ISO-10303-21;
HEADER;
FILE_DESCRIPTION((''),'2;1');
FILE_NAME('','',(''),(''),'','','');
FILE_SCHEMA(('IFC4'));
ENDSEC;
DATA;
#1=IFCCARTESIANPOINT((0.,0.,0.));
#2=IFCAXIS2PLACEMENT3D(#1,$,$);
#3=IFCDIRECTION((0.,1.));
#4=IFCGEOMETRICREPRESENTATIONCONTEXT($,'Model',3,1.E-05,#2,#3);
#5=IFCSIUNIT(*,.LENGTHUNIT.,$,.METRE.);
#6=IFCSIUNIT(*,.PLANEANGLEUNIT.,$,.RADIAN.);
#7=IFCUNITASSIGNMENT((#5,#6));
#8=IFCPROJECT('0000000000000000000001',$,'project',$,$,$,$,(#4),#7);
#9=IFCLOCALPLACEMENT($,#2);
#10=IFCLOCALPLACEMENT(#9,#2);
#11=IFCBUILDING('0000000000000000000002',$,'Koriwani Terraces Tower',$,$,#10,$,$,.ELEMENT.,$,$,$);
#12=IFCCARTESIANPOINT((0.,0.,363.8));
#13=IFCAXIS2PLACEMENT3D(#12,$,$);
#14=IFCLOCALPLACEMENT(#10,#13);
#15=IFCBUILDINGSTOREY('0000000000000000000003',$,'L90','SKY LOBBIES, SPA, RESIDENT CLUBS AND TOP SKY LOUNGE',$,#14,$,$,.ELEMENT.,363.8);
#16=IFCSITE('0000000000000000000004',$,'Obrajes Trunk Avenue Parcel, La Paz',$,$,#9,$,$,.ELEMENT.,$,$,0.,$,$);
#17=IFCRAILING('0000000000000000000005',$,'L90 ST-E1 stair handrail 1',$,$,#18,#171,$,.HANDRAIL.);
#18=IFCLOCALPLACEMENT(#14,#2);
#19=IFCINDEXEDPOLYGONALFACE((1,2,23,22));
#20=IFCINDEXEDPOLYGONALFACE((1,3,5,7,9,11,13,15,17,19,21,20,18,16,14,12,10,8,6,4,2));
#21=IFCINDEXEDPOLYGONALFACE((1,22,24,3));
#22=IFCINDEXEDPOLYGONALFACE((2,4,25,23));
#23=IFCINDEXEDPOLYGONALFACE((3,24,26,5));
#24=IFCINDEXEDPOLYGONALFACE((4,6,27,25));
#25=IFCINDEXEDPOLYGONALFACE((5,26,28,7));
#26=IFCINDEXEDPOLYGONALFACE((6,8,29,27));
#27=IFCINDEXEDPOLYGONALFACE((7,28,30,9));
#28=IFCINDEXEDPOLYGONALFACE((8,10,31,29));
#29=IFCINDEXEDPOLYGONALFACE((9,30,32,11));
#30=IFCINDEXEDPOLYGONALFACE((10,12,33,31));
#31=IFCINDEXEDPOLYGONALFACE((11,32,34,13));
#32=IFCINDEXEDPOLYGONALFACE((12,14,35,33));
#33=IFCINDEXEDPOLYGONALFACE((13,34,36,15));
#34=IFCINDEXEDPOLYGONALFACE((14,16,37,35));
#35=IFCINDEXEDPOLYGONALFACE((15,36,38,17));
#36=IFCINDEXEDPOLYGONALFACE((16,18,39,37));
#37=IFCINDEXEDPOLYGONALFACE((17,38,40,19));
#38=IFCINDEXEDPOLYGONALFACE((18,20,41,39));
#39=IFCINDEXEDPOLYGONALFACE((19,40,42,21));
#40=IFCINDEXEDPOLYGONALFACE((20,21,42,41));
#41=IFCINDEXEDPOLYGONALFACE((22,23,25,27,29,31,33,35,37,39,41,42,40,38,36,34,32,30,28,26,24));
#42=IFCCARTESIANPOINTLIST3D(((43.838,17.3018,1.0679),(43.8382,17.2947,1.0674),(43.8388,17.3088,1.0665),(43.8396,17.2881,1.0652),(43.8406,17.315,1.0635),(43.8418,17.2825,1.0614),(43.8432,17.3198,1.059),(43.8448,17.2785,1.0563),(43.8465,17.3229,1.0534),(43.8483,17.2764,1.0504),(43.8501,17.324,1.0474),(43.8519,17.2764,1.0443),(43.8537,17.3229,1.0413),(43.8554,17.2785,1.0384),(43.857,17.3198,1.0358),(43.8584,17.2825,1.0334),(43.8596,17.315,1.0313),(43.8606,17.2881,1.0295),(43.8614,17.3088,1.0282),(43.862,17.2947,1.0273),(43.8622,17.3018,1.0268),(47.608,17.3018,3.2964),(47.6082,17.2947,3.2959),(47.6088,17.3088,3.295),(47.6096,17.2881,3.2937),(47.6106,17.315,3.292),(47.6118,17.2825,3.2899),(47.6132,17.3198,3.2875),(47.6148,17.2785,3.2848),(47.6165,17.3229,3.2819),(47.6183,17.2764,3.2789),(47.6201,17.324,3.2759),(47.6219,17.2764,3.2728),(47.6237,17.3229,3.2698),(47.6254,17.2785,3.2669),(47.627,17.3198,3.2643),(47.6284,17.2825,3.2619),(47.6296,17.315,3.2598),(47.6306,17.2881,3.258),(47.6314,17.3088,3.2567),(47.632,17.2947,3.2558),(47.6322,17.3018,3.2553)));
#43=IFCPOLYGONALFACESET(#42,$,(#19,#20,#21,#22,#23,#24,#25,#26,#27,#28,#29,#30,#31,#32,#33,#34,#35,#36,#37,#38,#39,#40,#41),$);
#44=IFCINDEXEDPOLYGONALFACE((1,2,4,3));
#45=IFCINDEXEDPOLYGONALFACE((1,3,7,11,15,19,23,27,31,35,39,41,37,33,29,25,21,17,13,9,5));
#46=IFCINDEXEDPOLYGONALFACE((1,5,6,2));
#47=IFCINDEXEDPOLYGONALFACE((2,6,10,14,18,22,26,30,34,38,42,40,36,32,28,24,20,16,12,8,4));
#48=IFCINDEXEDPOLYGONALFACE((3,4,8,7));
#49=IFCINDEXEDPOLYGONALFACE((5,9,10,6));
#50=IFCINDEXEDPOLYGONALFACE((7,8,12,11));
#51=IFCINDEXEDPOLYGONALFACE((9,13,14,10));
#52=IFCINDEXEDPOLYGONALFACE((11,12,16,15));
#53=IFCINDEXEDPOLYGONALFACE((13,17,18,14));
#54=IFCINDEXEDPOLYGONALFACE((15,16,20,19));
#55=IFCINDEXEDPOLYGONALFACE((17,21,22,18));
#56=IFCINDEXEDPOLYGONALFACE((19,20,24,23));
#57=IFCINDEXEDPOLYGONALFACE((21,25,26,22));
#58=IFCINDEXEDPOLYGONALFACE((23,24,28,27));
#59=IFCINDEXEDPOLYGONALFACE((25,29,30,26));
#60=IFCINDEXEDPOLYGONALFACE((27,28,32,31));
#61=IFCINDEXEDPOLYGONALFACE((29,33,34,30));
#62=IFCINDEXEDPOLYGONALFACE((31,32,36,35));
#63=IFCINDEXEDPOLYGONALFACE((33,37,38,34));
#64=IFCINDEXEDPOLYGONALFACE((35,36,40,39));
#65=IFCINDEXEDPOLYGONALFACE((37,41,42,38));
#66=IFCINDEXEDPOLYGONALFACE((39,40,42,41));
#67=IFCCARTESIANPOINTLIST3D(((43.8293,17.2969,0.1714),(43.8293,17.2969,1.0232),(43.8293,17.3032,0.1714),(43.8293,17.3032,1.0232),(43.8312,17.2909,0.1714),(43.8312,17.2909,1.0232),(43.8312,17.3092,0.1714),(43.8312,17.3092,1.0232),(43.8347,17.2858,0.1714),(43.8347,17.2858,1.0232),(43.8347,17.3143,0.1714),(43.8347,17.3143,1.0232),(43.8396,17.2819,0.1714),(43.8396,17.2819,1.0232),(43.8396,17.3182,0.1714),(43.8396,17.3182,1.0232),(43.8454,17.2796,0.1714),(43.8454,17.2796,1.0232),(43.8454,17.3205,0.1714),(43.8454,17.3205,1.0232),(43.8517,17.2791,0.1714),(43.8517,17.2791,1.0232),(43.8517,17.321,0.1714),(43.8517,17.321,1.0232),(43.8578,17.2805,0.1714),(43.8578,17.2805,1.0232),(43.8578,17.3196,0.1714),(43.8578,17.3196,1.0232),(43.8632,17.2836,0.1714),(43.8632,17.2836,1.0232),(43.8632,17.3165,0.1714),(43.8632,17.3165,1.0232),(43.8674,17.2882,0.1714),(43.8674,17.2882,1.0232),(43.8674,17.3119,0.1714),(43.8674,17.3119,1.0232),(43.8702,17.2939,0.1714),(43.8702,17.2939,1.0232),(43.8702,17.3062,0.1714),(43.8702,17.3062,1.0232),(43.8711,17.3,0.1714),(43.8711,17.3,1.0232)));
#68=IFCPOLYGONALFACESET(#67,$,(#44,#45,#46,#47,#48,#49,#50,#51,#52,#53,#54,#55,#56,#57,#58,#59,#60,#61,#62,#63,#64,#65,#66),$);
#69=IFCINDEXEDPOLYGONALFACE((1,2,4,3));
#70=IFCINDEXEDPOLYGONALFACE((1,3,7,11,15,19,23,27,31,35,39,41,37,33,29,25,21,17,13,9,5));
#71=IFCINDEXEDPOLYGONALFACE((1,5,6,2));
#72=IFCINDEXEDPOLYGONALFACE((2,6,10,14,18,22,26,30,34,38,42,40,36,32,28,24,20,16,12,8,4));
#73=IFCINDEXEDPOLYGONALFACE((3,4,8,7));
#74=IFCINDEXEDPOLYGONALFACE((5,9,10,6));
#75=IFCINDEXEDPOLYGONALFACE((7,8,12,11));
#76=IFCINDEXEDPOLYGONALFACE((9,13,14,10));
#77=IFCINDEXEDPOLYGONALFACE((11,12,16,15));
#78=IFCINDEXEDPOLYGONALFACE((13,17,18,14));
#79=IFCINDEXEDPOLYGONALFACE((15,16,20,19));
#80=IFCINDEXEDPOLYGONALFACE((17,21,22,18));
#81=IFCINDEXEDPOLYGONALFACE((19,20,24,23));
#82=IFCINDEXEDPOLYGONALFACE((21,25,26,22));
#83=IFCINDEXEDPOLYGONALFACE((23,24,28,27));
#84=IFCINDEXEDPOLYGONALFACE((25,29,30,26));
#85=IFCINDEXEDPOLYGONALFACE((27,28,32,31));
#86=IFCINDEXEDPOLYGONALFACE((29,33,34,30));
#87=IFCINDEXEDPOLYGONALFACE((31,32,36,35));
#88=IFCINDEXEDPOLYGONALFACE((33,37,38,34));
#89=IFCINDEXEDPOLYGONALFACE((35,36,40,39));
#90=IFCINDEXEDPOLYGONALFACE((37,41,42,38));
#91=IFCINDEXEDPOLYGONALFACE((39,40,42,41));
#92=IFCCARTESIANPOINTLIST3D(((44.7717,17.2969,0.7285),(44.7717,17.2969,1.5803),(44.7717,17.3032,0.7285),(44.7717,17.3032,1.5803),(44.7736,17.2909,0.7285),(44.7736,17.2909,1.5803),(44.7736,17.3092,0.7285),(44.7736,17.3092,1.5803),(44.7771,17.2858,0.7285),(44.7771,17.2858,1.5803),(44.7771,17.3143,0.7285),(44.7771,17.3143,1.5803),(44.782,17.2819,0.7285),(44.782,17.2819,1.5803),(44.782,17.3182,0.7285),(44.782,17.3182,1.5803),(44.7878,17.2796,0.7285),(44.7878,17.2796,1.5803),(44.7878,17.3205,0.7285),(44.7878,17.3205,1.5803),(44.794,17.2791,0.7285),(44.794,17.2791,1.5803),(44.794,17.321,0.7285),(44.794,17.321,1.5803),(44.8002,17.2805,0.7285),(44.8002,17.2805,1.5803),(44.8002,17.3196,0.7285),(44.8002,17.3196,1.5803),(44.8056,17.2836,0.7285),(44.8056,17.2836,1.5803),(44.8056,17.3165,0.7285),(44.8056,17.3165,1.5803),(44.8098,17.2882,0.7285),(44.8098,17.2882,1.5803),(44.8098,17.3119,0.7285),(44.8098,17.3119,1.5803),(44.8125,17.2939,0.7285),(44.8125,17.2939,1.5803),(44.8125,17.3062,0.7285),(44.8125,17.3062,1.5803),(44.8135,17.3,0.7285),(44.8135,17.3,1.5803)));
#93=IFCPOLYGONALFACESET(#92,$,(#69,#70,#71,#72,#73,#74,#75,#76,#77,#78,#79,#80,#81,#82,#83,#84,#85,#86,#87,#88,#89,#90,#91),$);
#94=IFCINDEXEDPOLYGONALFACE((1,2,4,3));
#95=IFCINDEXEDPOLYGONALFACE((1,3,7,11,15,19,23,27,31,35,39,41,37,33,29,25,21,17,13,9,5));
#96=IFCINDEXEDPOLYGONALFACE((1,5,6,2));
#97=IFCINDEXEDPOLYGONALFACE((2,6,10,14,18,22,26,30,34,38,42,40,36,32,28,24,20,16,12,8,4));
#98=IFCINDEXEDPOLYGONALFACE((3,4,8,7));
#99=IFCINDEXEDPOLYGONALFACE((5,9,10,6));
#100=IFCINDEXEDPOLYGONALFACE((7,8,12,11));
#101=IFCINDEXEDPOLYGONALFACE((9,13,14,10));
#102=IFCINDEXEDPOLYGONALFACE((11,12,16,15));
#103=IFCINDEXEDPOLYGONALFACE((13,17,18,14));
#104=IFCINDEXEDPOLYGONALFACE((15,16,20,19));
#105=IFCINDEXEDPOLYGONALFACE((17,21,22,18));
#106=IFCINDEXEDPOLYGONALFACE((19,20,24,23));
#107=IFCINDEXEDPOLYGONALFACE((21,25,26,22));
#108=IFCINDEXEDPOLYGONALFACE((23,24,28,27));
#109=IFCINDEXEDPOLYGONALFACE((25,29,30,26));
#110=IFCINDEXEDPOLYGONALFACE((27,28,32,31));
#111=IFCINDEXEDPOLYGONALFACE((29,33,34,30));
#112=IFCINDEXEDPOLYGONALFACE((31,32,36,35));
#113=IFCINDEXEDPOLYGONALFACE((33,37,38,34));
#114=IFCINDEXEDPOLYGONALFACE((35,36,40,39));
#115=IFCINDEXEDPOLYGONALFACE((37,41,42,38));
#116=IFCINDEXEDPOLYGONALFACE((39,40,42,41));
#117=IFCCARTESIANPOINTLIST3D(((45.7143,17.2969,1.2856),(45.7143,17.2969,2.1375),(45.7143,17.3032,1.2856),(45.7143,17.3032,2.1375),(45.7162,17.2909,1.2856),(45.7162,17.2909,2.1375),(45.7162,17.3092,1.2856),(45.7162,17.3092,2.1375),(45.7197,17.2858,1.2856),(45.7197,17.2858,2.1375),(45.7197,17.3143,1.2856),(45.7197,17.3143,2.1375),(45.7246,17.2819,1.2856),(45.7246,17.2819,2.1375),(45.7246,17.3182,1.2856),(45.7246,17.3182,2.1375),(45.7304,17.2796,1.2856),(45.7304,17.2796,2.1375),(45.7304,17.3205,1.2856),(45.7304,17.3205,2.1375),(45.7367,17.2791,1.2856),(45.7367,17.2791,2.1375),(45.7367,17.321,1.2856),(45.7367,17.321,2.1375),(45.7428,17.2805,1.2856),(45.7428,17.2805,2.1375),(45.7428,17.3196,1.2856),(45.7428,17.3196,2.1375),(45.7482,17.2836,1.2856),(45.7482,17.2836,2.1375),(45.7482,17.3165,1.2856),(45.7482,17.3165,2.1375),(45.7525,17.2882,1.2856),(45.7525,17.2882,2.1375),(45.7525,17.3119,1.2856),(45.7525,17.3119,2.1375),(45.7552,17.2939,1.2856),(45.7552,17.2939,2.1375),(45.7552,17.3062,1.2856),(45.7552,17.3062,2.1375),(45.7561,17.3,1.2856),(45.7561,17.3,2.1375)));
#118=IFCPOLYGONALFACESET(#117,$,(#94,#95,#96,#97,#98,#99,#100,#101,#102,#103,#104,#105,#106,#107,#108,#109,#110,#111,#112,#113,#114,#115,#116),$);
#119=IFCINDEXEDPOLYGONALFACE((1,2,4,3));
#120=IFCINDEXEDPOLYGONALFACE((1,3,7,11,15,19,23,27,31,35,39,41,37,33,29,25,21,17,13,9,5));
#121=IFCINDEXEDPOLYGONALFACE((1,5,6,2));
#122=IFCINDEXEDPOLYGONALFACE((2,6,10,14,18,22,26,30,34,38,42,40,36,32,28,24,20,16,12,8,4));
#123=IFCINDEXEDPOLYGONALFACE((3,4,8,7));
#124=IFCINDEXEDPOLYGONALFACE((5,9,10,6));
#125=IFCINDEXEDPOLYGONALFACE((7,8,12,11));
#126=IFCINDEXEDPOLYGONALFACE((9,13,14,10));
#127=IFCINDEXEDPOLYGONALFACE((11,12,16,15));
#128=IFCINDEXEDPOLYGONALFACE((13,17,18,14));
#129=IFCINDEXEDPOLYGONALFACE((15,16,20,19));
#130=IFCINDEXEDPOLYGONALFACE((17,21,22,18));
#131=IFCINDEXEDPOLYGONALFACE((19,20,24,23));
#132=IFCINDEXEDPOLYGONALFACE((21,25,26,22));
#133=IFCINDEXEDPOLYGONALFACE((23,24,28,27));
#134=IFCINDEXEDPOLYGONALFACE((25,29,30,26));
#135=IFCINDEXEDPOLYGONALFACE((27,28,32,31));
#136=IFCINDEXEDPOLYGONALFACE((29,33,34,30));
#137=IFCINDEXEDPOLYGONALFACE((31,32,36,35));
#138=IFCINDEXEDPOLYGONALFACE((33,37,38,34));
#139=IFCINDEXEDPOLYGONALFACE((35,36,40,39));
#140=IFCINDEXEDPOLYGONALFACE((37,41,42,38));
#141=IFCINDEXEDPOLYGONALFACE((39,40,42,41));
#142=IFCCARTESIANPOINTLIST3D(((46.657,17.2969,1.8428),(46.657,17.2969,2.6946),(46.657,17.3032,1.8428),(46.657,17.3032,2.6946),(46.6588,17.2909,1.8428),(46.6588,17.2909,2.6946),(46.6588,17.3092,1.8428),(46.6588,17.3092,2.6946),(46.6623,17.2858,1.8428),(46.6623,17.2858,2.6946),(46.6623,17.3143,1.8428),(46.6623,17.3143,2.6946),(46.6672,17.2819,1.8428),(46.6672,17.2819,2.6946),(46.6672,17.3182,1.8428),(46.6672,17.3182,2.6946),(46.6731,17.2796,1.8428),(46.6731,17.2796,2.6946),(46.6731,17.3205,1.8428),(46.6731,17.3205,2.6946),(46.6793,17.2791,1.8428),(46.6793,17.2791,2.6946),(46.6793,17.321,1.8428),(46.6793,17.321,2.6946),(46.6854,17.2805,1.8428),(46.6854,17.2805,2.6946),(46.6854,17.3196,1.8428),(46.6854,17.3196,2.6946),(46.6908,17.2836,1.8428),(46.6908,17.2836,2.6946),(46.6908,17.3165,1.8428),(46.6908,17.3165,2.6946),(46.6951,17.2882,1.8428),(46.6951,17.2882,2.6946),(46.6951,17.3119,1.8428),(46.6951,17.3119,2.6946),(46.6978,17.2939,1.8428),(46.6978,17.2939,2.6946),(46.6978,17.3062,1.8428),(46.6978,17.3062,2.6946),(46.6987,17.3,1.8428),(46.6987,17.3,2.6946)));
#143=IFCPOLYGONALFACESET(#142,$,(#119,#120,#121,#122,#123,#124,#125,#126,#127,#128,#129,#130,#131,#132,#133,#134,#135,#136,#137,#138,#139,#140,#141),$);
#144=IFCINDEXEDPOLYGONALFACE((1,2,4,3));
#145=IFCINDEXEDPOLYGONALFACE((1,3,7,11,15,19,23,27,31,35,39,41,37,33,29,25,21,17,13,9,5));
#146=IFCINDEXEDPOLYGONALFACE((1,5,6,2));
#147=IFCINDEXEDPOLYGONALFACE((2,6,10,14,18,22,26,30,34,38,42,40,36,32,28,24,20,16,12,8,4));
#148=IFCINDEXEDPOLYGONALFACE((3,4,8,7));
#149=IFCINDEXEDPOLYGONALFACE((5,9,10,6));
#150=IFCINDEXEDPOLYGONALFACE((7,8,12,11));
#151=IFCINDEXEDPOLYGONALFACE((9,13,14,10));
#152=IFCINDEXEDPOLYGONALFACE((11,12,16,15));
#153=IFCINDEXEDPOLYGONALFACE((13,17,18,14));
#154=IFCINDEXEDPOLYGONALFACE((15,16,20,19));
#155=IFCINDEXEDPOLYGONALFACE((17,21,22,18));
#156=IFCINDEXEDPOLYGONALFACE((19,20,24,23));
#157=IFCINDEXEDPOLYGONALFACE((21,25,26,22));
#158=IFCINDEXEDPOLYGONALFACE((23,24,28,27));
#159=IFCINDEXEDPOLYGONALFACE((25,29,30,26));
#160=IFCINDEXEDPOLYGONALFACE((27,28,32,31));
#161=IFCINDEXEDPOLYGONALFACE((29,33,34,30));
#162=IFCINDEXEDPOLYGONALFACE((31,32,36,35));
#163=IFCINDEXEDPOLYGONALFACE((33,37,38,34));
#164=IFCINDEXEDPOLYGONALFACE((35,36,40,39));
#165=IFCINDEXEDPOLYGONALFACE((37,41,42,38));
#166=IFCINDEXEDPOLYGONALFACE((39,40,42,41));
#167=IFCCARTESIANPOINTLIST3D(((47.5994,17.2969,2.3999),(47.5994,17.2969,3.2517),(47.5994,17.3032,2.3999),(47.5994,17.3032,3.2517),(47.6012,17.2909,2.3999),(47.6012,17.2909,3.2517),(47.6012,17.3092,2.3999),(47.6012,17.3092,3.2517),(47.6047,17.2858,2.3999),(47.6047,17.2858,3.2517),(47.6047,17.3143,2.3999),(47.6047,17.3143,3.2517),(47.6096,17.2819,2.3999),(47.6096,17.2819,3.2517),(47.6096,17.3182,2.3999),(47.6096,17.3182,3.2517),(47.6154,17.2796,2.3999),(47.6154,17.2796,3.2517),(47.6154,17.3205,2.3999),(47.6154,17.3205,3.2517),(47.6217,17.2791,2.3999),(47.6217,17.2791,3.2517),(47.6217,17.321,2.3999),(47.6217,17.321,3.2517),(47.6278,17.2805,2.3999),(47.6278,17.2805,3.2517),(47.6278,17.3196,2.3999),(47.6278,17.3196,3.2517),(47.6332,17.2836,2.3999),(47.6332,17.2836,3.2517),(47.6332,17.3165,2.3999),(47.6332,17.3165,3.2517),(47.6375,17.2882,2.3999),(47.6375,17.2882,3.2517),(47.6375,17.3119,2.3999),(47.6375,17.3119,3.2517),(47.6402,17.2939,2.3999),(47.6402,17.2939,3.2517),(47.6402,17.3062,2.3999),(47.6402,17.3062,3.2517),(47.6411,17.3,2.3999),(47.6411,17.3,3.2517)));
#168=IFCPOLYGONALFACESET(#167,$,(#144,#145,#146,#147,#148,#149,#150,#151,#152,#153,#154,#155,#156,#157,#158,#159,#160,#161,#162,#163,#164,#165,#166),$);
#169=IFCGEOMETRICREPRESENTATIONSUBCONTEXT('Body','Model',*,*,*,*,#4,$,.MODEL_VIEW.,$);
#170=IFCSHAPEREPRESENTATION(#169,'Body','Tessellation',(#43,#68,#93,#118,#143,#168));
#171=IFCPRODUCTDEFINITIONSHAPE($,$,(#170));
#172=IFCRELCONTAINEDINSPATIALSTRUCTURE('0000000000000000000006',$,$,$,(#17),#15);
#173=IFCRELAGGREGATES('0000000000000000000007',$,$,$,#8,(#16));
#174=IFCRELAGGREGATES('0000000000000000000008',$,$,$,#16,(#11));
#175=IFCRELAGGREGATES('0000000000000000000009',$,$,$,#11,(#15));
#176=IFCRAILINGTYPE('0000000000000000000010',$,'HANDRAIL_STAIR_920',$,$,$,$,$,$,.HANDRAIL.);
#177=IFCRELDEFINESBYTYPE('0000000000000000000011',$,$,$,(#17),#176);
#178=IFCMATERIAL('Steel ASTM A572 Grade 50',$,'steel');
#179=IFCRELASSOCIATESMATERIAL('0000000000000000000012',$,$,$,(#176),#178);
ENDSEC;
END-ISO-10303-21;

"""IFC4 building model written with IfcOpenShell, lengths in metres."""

from ifc_helpers import new_model, si_unit, direction, frame, origin, origin_2d, place, context, subcontext, project, spatial, circle, extrude, material, type_object, element, save


model = new_model("IFC4")

# Units and contexts
model_context = context("Model", 3, precision=1e-05, world=origin(), true_north=direction((0.0, 1.0)))
body_context = subcontext(model_context, "Body", "Model", "MODEL_VIEW")
ifc_project = project(units=[si_unit("LENGTHUNIT", "METRE"), si_unit("PLANEANGLEUNIT", "RADIAN")], contexts=[model_context])

# Site, building, storey
site_placement = place(None, origin())
site = spatial("IfcSite", under=ifc_project, at=site_placement, Name="Obrajes Trunk Avenue Parcel, La Paz", CompositionType="ELEMENT", RefElevation=0.0)
building_placement = place(site_placement, origin())
building = spatial("IfcBuilding", under=site, at=building_placement, Name="Koriwani Terraces Tower", CompositionType="ELEMENT")
storey_placement = place(building_placement, frame((0.0, 0.0, 363.8)))
storey = spatial("IfcBuildingStorey", under=building, at=storey_placement, Name="L90", Description="SKY LOBBIES, SPA, RESIDENT CLUBS AND TOP SKY LOUNGE", CompositionType="ELEMENT", Elevation=363.8)

# Shared definitions
ifc_material_1 = material(Name="Steel ASTM A572 Grade 50", Category="steel")

# Railing
railing_type_1 = type_object("IfcRailingType", Name="HANDRAIL_STAIR_920", PredefinedType="HANDRAIL", material=ifc_material_1)
railing_1_placement = place(storey_placement, frame((43.8501, 17.3, 0.1714)))
element("IfcRailing", 1, at=railing_1_placement, inside=storey, type_object=railing_type_1, Name="L90 ST-E1 stair handrail 1", PredefinedType="HANDRAIL", context=body_context, shape_type="SweptSolid", body=[
    extrude(circle(Radius=0.0239, at=origin_2d()), frame((0.0, 0.0, 0.876), z_axis=(0.860849, 0.0, 0.508861), x_axis=(0.0, 1.0, 0.0)), (0.0, 0.0, 1.0), 4.3794),
    extrude(circle(Radius=0.021, at=origin_2d()), origin(), (0.0, 0.0, 1.0), 0.8518),
    extrude(circle(Radius=0.021, at=origin_2d()), frame((0.9424, 0.0, 0.5571)), (0.0, 0.0, 1.0), 0.8518),
    extrude(circle(Radius=0.021, at=origin_2d()), frame((1.885, 0.0, 1.1143)), (0.0, 0.0, 1.0), 0.8518),
    extrude(circle(Radius=0.021, at=origin_2d()), frame((2.8276, 0.0, 1.6714)), (0.0, 0.0, 1.0), 0.8518),
    extrude(circle(Radius=0.021, at=origin_2d()), frame((3.77, 0.0, 2.2285)), (0.0, 0.0, 1.0), 0.8518),
])

save(model, "model.ifc")
